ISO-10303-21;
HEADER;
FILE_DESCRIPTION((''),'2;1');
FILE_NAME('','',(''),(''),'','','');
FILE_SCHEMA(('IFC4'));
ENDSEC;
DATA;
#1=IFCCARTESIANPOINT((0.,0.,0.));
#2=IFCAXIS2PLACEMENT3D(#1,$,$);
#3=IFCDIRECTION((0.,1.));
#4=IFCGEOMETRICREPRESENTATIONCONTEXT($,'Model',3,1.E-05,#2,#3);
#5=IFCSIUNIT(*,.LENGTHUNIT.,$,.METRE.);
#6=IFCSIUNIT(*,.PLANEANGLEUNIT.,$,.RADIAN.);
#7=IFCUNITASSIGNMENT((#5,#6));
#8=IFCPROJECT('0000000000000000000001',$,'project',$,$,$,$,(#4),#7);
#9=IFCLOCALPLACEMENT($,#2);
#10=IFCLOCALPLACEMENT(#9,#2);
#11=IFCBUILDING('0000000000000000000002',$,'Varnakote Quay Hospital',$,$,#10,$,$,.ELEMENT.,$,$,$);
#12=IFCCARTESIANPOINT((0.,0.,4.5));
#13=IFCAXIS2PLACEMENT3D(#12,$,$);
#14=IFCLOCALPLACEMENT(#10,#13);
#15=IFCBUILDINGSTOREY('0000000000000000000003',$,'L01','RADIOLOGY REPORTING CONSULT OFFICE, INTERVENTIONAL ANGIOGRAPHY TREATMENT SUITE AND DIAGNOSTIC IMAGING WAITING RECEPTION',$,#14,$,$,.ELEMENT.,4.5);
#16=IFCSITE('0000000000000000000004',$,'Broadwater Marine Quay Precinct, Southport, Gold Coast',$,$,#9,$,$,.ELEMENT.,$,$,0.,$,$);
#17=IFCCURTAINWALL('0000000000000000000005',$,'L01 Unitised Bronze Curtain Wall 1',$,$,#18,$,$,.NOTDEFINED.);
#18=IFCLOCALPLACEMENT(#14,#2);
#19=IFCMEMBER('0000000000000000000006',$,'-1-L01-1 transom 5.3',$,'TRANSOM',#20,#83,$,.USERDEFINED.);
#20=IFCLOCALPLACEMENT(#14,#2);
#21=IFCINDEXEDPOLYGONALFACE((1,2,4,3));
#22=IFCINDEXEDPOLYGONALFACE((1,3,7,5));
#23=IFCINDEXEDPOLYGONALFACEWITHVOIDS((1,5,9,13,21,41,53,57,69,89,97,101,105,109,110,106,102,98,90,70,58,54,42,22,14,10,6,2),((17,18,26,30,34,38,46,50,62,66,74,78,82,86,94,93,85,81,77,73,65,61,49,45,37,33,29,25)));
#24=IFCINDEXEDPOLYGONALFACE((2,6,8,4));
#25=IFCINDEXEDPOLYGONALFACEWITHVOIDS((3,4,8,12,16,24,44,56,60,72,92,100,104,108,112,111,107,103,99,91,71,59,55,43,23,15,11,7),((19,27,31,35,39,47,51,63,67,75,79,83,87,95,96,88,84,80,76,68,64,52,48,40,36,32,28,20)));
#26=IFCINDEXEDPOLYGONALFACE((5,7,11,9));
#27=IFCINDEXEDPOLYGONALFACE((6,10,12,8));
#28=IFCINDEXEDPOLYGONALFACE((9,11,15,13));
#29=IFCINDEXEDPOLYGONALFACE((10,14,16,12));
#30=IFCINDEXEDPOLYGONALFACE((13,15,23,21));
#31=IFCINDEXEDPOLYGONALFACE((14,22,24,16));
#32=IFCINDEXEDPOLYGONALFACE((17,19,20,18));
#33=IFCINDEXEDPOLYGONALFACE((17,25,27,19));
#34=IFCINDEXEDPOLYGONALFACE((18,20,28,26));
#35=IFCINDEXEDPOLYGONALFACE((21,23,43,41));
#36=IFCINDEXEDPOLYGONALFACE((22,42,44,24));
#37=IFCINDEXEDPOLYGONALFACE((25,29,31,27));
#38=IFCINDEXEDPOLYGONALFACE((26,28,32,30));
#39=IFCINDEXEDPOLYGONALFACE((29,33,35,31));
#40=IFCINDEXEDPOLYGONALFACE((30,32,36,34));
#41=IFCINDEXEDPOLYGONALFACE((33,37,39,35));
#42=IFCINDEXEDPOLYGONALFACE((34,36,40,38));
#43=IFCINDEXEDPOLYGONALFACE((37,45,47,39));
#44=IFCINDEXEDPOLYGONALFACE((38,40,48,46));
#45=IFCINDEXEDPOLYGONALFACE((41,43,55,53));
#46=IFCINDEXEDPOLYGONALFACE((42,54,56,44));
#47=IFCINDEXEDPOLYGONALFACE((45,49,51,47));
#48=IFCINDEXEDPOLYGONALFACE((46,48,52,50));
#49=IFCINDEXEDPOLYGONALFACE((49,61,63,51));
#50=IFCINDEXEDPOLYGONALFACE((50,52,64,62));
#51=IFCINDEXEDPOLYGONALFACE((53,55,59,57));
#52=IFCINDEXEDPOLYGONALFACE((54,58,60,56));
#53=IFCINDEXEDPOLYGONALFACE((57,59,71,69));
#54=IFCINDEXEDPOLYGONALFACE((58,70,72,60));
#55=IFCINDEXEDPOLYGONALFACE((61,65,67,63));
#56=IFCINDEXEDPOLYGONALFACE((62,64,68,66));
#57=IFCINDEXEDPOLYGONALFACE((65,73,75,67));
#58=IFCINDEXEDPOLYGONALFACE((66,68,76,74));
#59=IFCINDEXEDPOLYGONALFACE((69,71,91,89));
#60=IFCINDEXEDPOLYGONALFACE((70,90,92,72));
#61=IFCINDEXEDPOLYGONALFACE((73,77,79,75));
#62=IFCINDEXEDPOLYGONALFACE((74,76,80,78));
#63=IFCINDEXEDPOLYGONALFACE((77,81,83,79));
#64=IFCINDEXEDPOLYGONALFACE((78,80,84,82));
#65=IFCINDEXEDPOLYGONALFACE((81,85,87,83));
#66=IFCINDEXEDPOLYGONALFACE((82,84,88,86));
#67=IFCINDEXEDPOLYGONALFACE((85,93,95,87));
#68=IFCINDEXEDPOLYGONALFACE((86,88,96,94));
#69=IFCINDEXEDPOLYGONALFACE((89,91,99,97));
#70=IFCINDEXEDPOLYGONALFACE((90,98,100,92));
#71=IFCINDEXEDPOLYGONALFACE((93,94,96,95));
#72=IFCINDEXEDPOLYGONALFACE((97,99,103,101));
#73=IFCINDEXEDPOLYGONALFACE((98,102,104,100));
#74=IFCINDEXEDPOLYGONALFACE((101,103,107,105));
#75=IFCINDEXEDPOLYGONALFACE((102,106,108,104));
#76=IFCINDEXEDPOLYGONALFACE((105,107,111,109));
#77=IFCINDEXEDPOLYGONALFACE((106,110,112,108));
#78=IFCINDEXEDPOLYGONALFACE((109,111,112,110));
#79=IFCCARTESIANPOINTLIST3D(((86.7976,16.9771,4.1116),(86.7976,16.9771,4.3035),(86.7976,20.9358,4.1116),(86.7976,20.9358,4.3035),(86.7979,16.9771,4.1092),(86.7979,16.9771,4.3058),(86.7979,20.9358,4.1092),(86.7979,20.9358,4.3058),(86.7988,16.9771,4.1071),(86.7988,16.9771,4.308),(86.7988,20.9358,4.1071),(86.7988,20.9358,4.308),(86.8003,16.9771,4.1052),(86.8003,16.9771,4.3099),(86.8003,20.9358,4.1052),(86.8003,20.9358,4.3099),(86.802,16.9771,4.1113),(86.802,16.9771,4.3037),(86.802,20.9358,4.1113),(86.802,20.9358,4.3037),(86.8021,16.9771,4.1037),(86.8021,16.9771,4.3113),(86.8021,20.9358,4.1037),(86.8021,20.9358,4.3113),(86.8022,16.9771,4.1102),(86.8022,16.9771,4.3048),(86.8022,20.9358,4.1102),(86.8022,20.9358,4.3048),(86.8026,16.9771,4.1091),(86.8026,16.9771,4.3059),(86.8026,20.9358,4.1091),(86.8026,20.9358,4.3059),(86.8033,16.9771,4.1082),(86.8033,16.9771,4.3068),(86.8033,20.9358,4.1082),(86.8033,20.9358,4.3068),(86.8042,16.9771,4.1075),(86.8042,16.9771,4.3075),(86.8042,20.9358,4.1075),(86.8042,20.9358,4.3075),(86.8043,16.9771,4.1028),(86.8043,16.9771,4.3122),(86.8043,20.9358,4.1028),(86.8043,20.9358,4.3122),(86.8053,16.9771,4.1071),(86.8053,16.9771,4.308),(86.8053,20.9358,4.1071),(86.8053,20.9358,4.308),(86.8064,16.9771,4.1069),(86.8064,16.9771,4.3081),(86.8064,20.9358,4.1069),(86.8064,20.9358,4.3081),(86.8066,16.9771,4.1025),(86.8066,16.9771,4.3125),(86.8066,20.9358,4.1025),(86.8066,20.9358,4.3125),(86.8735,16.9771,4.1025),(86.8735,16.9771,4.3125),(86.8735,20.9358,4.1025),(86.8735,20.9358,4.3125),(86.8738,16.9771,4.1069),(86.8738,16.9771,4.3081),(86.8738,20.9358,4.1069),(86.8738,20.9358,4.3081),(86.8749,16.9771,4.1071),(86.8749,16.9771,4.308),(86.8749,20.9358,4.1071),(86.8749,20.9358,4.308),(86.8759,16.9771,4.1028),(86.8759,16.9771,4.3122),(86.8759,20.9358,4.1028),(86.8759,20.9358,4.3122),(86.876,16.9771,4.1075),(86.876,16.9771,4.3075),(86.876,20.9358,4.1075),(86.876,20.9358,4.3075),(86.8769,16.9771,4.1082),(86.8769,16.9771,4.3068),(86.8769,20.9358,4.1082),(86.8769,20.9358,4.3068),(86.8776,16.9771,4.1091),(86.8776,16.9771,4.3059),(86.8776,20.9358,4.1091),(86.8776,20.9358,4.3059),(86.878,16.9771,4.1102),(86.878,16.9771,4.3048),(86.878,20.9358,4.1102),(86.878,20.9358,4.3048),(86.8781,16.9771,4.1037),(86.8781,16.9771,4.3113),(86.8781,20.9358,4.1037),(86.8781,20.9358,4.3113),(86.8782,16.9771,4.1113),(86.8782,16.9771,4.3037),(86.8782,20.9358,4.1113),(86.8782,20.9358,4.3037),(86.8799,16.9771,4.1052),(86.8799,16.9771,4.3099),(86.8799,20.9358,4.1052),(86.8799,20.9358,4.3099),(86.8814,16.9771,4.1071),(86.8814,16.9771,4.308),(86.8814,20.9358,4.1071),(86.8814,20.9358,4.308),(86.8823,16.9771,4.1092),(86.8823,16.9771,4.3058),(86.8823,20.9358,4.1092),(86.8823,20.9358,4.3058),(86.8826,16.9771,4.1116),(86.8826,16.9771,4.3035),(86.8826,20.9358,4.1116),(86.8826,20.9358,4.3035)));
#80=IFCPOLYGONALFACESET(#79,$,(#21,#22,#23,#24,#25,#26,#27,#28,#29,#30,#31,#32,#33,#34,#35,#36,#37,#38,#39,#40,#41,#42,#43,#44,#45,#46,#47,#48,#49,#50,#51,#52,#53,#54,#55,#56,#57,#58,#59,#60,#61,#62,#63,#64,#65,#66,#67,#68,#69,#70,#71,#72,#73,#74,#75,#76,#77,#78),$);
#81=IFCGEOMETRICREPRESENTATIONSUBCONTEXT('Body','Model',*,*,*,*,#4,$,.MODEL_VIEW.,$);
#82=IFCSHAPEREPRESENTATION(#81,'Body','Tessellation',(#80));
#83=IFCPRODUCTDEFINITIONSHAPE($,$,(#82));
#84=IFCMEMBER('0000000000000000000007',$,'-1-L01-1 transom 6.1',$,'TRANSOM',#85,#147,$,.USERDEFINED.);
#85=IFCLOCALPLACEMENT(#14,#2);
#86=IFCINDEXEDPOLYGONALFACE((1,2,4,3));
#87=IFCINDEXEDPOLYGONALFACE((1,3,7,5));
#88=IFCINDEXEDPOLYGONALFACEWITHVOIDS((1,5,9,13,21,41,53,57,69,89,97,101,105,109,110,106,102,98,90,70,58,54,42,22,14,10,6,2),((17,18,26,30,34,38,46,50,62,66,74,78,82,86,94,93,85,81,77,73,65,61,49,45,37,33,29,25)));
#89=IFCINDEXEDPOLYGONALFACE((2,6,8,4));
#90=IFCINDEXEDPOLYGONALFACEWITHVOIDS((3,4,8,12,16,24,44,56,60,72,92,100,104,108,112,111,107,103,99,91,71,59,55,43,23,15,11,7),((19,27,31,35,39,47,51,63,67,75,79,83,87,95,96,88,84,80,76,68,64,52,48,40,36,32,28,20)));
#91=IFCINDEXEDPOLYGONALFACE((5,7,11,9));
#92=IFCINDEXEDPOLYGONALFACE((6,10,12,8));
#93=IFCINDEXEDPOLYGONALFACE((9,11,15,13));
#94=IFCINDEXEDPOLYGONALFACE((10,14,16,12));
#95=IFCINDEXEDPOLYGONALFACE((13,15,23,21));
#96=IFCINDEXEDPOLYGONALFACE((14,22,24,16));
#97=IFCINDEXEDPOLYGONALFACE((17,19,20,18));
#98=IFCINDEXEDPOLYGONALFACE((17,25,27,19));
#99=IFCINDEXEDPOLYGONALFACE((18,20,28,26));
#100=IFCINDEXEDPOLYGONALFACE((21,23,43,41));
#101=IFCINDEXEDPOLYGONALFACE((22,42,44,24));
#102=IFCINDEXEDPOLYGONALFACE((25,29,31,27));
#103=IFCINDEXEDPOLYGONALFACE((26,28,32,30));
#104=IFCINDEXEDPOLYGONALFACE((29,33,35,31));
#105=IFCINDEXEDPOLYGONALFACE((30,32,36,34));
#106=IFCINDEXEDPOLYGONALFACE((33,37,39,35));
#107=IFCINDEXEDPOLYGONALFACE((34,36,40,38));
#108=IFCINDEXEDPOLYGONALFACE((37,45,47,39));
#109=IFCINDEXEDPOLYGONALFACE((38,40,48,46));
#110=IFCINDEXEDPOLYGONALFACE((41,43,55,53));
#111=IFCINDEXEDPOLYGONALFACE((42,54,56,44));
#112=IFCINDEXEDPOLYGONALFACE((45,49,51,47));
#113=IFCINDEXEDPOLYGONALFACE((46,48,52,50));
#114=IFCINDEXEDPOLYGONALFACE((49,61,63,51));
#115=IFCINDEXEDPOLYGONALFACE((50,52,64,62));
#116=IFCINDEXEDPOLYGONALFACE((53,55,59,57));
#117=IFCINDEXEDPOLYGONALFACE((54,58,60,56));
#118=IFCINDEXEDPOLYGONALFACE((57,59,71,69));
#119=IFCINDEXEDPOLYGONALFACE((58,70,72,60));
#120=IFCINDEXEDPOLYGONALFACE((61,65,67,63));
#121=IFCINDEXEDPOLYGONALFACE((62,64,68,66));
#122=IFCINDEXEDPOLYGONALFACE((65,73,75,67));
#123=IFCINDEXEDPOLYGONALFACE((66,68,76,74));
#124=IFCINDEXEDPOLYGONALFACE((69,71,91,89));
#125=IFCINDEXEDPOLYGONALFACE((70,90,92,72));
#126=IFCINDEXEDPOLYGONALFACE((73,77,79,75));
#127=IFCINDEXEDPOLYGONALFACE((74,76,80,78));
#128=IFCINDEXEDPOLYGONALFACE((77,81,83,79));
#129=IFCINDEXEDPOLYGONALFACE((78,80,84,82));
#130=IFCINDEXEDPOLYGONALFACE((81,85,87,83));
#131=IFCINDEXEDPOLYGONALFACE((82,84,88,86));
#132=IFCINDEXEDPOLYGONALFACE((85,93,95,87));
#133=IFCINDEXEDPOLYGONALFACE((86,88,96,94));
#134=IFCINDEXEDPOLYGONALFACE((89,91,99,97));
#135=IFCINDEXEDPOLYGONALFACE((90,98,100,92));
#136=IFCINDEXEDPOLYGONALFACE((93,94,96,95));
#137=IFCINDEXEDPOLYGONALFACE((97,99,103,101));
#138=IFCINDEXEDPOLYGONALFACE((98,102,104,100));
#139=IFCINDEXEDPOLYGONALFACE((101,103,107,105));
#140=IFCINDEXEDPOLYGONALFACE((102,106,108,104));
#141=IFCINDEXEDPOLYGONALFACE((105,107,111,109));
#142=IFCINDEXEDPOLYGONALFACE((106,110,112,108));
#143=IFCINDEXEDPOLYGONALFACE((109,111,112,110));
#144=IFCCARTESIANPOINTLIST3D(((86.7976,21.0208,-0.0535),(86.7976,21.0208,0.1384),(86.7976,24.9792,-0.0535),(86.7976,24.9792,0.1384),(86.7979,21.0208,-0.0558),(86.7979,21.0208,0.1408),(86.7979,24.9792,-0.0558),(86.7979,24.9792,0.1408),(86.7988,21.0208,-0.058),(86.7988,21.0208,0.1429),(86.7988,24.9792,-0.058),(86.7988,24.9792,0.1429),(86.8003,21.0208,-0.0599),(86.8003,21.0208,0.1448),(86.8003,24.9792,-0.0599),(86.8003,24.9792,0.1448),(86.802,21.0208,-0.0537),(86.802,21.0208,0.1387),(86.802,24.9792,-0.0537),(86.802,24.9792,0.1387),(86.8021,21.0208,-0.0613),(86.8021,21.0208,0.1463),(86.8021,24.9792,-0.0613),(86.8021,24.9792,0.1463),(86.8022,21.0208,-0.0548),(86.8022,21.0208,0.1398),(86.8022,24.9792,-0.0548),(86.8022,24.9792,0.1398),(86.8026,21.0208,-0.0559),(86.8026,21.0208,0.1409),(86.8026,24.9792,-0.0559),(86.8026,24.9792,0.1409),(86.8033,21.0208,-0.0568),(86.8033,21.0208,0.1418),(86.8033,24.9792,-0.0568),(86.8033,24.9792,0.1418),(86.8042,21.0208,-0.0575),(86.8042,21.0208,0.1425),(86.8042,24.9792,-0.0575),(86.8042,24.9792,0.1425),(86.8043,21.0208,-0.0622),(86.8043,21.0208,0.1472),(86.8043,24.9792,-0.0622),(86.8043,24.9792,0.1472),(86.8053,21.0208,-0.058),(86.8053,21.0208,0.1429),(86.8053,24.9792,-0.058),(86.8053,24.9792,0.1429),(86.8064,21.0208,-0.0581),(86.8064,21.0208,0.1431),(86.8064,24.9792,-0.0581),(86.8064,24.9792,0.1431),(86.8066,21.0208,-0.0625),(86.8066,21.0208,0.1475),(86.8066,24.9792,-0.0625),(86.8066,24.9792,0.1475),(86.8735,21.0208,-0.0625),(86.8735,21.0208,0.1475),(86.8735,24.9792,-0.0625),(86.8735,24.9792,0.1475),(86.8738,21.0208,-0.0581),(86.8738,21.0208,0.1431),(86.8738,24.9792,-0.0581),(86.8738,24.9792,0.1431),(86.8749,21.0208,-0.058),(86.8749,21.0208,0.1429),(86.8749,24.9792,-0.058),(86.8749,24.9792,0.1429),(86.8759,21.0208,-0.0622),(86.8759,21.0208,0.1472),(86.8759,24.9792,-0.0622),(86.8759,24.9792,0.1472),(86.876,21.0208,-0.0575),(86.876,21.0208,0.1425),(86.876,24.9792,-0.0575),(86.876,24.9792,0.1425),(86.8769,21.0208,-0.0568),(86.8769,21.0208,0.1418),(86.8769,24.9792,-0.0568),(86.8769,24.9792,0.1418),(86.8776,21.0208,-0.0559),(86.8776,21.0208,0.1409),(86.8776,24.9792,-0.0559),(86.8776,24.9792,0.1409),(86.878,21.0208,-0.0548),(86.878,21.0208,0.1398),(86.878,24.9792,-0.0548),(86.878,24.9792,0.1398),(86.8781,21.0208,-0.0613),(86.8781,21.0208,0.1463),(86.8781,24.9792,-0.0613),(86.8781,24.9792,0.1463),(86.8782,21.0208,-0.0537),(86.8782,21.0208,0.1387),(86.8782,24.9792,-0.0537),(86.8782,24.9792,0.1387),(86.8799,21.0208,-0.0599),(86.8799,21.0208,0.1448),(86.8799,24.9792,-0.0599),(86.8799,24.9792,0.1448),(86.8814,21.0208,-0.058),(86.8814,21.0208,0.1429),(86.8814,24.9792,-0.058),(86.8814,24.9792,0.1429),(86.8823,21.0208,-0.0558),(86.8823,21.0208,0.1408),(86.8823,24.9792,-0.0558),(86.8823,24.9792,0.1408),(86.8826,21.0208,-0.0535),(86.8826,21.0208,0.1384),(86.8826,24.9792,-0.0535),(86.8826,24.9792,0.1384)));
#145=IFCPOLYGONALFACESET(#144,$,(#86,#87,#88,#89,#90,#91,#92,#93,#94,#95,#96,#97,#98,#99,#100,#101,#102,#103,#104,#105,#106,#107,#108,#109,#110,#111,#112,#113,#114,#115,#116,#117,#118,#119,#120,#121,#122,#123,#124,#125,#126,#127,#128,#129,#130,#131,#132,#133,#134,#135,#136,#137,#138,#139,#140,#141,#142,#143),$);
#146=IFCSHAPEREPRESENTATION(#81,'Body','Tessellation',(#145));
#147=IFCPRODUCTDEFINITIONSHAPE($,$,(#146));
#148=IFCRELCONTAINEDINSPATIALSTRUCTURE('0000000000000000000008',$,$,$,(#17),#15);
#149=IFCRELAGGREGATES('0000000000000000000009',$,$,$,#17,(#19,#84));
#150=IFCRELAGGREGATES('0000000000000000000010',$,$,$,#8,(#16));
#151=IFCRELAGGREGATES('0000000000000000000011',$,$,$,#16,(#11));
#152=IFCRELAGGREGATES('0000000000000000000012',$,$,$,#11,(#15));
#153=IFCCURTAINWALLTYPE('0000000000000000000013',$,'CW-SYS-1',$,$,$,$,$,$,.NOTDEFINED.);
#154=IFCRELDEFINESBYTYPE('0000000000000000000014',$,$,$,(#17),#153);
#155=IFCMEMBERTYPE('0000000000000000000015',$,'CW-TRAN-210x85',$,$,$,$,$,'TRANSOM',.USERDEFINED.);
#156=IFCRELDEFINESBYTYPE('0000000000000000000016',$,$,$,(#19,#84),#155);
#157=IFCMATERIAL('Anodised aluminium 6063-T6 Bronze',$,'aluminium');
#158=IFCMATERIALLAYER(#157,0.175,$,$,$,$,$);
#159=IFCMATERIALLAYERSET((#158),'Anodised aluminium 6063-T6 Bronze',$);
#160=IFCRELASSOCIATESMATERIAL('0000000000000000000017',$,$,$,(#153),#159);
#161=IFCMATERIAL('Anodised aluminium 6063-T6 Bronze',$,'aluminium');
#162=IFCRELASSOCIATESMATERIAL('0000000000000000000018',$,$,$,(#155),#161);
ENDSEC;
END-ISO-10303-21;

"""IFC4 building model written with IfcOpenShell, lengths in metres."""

from ifc_helpers import new_model, si_unit, direction, frame, origin, origin_2d, place, context, subcontext, project, spatial, hollow_rectangle, extrude, material, layer, layer_set, material_profile, profile_set, type_object, element, aggregate, save


model = new_model("IFC4")

# Units and contexts
model_context = context("Model", 3, precision=1e-05, world=origin(), true_north=direction((0.0, 1.0)))
body_context = subcontext(model_context, "Body", "Model", "MODEL_VIEW")
ifc_project = project(units=[si_unit("LENGTHUNIT", "METRE"), si_unit("PLANEANGLEUNIT", "RADIAN")], contexts=[model_context])

# Site, building, storey
site_placement = place(None, origin())
site = spatial("IfcSite", under=ifc_project, at=site_placement, Name="Broadwater Marine Quay Precinct, Southport, Gold Coast", CompositionType="ELEMENT", RefElevation=0.0)
building_placement = place(site_placement, origin())
building = spatial("IfcBuilding", under=site, at=building_placement, Name="Varnakote Quay Hospital", CompositionType="ELEMENT")
storey_placement = place(building_placement, frame((0.0, 0.0, 4.5)))
storey = spatial("IfcBuildingStorey", under=building, at=storey_placement, Name="L01", Description="RADIOLOGY REPORTING CONSULT OFFICE, INTERVENTIONAL ANGIOGRAPHY TREATMENT SUITE AND DIAGNOSTIC IMAGING WAITING RECEPTION", CompositionType="ELEMENT", Elevation=4.5)

# Curtain wall, members
ifc_material_1 = material(Name="Anodised aluminium 6063-T6 Bronze", Category="aluminium")
ifc_layer_1 = layer(ifc_material_1, 0.175)
ifc_layer_set_1 = layer_set([ifc_layer_1], Name="Anodised aluminium 6063-T6 Bronze")
curtain_wall_type = type_object("IfcCurtainWallType", Name="CW-SYS-1", PredefinedType="NOTDEFINED", material=ifc_layer_set_1)
curtain_wall_placement = place(storey_placement, origin())
curtain_wall = element("IfcCurtainWall", 1, at=curtain_wall_placement, inside=storey, type_object=curtain_wall_type, Name="L01 Unitised Bronze Curtain Wall 1", PredefinedType="NOTDEFINED")
ifc_material_2 = material(Name="Anodised aluminium 6063-T6 Bronze", Category="aluminium")
ifc_material_profile_1 = material_profile(ifc_material_2, hollow_rectangle(XDim=0.085, YDim=0.21, WallThickness=0.0044, InnerFilletRadius=0.0044, OuterFilletRadius=0.009, at=origin_2d()), Name="CW-TRAN-210x85")
ifc_profile_set_1 = profile_set([ifc_material_profile_1], Name="Anodised aluminium 6063-T6 Bronze")
member_type_1 = type_object("IfcMemberType", Name="CW-TRAN-210x85", ElementType="TRANSOM", PredefinedType="USERDEFINED", material=ifc_profile_set_1)
member_1_placement = place(storey_placement, frame((86.8401, 16.9771, 4.2075), z_axis=(0.0, 1.0, 0.0), x_axis=(-1.0, 0.0, 0.0)))
member_1 = element("IfcMember", 2, at=member_1_placement, type_object=member_type_1, Name="-1-L01-1 transom 5.3", ObjectType="TRANSOM", PredefinedType="USERDEFINED", context=body_context, shape_type="SweptSolid", body=[
    extrude(hollow_rectangle(XDim=0.085, YDim=0.21, WallThickness=0.0044, InnerFilletRadius=0.0044, OuterFilletRadius=0.009, at=origin_2d()), origin(), (0.0, 0.0, 1.0), 3.9587),
])
member_2_placement = place(storey_placement, frame((86.8401, 21.0208, 0.0425), z_axis=(0.0, 1.0, 0.0), x_axis=(-1.0, 0.0, 0.0)))
member_2 = element("IfcMember", 3, at=member_2_placement, type_object=member_type_1, Name="-1-L01-1 transom 6.1", ObjectType="TRANSOM", PredefinedType="USERDEFINED", context=body_context, shape_type="SweptSolid", body=[
    extrude(hollow_rectangle(XDim=0.085, YDim=0.21, WallThickness=0.0044, InnerFilletRadius=0.0044, OuterFilletRadius=0.009, at=origin_2d()), origin(), (0.0, 0.0, 1.0), 3.9585),
])
aggregate(curtain_wall, [member_1, member_2])

save(model, "model.ifc")
